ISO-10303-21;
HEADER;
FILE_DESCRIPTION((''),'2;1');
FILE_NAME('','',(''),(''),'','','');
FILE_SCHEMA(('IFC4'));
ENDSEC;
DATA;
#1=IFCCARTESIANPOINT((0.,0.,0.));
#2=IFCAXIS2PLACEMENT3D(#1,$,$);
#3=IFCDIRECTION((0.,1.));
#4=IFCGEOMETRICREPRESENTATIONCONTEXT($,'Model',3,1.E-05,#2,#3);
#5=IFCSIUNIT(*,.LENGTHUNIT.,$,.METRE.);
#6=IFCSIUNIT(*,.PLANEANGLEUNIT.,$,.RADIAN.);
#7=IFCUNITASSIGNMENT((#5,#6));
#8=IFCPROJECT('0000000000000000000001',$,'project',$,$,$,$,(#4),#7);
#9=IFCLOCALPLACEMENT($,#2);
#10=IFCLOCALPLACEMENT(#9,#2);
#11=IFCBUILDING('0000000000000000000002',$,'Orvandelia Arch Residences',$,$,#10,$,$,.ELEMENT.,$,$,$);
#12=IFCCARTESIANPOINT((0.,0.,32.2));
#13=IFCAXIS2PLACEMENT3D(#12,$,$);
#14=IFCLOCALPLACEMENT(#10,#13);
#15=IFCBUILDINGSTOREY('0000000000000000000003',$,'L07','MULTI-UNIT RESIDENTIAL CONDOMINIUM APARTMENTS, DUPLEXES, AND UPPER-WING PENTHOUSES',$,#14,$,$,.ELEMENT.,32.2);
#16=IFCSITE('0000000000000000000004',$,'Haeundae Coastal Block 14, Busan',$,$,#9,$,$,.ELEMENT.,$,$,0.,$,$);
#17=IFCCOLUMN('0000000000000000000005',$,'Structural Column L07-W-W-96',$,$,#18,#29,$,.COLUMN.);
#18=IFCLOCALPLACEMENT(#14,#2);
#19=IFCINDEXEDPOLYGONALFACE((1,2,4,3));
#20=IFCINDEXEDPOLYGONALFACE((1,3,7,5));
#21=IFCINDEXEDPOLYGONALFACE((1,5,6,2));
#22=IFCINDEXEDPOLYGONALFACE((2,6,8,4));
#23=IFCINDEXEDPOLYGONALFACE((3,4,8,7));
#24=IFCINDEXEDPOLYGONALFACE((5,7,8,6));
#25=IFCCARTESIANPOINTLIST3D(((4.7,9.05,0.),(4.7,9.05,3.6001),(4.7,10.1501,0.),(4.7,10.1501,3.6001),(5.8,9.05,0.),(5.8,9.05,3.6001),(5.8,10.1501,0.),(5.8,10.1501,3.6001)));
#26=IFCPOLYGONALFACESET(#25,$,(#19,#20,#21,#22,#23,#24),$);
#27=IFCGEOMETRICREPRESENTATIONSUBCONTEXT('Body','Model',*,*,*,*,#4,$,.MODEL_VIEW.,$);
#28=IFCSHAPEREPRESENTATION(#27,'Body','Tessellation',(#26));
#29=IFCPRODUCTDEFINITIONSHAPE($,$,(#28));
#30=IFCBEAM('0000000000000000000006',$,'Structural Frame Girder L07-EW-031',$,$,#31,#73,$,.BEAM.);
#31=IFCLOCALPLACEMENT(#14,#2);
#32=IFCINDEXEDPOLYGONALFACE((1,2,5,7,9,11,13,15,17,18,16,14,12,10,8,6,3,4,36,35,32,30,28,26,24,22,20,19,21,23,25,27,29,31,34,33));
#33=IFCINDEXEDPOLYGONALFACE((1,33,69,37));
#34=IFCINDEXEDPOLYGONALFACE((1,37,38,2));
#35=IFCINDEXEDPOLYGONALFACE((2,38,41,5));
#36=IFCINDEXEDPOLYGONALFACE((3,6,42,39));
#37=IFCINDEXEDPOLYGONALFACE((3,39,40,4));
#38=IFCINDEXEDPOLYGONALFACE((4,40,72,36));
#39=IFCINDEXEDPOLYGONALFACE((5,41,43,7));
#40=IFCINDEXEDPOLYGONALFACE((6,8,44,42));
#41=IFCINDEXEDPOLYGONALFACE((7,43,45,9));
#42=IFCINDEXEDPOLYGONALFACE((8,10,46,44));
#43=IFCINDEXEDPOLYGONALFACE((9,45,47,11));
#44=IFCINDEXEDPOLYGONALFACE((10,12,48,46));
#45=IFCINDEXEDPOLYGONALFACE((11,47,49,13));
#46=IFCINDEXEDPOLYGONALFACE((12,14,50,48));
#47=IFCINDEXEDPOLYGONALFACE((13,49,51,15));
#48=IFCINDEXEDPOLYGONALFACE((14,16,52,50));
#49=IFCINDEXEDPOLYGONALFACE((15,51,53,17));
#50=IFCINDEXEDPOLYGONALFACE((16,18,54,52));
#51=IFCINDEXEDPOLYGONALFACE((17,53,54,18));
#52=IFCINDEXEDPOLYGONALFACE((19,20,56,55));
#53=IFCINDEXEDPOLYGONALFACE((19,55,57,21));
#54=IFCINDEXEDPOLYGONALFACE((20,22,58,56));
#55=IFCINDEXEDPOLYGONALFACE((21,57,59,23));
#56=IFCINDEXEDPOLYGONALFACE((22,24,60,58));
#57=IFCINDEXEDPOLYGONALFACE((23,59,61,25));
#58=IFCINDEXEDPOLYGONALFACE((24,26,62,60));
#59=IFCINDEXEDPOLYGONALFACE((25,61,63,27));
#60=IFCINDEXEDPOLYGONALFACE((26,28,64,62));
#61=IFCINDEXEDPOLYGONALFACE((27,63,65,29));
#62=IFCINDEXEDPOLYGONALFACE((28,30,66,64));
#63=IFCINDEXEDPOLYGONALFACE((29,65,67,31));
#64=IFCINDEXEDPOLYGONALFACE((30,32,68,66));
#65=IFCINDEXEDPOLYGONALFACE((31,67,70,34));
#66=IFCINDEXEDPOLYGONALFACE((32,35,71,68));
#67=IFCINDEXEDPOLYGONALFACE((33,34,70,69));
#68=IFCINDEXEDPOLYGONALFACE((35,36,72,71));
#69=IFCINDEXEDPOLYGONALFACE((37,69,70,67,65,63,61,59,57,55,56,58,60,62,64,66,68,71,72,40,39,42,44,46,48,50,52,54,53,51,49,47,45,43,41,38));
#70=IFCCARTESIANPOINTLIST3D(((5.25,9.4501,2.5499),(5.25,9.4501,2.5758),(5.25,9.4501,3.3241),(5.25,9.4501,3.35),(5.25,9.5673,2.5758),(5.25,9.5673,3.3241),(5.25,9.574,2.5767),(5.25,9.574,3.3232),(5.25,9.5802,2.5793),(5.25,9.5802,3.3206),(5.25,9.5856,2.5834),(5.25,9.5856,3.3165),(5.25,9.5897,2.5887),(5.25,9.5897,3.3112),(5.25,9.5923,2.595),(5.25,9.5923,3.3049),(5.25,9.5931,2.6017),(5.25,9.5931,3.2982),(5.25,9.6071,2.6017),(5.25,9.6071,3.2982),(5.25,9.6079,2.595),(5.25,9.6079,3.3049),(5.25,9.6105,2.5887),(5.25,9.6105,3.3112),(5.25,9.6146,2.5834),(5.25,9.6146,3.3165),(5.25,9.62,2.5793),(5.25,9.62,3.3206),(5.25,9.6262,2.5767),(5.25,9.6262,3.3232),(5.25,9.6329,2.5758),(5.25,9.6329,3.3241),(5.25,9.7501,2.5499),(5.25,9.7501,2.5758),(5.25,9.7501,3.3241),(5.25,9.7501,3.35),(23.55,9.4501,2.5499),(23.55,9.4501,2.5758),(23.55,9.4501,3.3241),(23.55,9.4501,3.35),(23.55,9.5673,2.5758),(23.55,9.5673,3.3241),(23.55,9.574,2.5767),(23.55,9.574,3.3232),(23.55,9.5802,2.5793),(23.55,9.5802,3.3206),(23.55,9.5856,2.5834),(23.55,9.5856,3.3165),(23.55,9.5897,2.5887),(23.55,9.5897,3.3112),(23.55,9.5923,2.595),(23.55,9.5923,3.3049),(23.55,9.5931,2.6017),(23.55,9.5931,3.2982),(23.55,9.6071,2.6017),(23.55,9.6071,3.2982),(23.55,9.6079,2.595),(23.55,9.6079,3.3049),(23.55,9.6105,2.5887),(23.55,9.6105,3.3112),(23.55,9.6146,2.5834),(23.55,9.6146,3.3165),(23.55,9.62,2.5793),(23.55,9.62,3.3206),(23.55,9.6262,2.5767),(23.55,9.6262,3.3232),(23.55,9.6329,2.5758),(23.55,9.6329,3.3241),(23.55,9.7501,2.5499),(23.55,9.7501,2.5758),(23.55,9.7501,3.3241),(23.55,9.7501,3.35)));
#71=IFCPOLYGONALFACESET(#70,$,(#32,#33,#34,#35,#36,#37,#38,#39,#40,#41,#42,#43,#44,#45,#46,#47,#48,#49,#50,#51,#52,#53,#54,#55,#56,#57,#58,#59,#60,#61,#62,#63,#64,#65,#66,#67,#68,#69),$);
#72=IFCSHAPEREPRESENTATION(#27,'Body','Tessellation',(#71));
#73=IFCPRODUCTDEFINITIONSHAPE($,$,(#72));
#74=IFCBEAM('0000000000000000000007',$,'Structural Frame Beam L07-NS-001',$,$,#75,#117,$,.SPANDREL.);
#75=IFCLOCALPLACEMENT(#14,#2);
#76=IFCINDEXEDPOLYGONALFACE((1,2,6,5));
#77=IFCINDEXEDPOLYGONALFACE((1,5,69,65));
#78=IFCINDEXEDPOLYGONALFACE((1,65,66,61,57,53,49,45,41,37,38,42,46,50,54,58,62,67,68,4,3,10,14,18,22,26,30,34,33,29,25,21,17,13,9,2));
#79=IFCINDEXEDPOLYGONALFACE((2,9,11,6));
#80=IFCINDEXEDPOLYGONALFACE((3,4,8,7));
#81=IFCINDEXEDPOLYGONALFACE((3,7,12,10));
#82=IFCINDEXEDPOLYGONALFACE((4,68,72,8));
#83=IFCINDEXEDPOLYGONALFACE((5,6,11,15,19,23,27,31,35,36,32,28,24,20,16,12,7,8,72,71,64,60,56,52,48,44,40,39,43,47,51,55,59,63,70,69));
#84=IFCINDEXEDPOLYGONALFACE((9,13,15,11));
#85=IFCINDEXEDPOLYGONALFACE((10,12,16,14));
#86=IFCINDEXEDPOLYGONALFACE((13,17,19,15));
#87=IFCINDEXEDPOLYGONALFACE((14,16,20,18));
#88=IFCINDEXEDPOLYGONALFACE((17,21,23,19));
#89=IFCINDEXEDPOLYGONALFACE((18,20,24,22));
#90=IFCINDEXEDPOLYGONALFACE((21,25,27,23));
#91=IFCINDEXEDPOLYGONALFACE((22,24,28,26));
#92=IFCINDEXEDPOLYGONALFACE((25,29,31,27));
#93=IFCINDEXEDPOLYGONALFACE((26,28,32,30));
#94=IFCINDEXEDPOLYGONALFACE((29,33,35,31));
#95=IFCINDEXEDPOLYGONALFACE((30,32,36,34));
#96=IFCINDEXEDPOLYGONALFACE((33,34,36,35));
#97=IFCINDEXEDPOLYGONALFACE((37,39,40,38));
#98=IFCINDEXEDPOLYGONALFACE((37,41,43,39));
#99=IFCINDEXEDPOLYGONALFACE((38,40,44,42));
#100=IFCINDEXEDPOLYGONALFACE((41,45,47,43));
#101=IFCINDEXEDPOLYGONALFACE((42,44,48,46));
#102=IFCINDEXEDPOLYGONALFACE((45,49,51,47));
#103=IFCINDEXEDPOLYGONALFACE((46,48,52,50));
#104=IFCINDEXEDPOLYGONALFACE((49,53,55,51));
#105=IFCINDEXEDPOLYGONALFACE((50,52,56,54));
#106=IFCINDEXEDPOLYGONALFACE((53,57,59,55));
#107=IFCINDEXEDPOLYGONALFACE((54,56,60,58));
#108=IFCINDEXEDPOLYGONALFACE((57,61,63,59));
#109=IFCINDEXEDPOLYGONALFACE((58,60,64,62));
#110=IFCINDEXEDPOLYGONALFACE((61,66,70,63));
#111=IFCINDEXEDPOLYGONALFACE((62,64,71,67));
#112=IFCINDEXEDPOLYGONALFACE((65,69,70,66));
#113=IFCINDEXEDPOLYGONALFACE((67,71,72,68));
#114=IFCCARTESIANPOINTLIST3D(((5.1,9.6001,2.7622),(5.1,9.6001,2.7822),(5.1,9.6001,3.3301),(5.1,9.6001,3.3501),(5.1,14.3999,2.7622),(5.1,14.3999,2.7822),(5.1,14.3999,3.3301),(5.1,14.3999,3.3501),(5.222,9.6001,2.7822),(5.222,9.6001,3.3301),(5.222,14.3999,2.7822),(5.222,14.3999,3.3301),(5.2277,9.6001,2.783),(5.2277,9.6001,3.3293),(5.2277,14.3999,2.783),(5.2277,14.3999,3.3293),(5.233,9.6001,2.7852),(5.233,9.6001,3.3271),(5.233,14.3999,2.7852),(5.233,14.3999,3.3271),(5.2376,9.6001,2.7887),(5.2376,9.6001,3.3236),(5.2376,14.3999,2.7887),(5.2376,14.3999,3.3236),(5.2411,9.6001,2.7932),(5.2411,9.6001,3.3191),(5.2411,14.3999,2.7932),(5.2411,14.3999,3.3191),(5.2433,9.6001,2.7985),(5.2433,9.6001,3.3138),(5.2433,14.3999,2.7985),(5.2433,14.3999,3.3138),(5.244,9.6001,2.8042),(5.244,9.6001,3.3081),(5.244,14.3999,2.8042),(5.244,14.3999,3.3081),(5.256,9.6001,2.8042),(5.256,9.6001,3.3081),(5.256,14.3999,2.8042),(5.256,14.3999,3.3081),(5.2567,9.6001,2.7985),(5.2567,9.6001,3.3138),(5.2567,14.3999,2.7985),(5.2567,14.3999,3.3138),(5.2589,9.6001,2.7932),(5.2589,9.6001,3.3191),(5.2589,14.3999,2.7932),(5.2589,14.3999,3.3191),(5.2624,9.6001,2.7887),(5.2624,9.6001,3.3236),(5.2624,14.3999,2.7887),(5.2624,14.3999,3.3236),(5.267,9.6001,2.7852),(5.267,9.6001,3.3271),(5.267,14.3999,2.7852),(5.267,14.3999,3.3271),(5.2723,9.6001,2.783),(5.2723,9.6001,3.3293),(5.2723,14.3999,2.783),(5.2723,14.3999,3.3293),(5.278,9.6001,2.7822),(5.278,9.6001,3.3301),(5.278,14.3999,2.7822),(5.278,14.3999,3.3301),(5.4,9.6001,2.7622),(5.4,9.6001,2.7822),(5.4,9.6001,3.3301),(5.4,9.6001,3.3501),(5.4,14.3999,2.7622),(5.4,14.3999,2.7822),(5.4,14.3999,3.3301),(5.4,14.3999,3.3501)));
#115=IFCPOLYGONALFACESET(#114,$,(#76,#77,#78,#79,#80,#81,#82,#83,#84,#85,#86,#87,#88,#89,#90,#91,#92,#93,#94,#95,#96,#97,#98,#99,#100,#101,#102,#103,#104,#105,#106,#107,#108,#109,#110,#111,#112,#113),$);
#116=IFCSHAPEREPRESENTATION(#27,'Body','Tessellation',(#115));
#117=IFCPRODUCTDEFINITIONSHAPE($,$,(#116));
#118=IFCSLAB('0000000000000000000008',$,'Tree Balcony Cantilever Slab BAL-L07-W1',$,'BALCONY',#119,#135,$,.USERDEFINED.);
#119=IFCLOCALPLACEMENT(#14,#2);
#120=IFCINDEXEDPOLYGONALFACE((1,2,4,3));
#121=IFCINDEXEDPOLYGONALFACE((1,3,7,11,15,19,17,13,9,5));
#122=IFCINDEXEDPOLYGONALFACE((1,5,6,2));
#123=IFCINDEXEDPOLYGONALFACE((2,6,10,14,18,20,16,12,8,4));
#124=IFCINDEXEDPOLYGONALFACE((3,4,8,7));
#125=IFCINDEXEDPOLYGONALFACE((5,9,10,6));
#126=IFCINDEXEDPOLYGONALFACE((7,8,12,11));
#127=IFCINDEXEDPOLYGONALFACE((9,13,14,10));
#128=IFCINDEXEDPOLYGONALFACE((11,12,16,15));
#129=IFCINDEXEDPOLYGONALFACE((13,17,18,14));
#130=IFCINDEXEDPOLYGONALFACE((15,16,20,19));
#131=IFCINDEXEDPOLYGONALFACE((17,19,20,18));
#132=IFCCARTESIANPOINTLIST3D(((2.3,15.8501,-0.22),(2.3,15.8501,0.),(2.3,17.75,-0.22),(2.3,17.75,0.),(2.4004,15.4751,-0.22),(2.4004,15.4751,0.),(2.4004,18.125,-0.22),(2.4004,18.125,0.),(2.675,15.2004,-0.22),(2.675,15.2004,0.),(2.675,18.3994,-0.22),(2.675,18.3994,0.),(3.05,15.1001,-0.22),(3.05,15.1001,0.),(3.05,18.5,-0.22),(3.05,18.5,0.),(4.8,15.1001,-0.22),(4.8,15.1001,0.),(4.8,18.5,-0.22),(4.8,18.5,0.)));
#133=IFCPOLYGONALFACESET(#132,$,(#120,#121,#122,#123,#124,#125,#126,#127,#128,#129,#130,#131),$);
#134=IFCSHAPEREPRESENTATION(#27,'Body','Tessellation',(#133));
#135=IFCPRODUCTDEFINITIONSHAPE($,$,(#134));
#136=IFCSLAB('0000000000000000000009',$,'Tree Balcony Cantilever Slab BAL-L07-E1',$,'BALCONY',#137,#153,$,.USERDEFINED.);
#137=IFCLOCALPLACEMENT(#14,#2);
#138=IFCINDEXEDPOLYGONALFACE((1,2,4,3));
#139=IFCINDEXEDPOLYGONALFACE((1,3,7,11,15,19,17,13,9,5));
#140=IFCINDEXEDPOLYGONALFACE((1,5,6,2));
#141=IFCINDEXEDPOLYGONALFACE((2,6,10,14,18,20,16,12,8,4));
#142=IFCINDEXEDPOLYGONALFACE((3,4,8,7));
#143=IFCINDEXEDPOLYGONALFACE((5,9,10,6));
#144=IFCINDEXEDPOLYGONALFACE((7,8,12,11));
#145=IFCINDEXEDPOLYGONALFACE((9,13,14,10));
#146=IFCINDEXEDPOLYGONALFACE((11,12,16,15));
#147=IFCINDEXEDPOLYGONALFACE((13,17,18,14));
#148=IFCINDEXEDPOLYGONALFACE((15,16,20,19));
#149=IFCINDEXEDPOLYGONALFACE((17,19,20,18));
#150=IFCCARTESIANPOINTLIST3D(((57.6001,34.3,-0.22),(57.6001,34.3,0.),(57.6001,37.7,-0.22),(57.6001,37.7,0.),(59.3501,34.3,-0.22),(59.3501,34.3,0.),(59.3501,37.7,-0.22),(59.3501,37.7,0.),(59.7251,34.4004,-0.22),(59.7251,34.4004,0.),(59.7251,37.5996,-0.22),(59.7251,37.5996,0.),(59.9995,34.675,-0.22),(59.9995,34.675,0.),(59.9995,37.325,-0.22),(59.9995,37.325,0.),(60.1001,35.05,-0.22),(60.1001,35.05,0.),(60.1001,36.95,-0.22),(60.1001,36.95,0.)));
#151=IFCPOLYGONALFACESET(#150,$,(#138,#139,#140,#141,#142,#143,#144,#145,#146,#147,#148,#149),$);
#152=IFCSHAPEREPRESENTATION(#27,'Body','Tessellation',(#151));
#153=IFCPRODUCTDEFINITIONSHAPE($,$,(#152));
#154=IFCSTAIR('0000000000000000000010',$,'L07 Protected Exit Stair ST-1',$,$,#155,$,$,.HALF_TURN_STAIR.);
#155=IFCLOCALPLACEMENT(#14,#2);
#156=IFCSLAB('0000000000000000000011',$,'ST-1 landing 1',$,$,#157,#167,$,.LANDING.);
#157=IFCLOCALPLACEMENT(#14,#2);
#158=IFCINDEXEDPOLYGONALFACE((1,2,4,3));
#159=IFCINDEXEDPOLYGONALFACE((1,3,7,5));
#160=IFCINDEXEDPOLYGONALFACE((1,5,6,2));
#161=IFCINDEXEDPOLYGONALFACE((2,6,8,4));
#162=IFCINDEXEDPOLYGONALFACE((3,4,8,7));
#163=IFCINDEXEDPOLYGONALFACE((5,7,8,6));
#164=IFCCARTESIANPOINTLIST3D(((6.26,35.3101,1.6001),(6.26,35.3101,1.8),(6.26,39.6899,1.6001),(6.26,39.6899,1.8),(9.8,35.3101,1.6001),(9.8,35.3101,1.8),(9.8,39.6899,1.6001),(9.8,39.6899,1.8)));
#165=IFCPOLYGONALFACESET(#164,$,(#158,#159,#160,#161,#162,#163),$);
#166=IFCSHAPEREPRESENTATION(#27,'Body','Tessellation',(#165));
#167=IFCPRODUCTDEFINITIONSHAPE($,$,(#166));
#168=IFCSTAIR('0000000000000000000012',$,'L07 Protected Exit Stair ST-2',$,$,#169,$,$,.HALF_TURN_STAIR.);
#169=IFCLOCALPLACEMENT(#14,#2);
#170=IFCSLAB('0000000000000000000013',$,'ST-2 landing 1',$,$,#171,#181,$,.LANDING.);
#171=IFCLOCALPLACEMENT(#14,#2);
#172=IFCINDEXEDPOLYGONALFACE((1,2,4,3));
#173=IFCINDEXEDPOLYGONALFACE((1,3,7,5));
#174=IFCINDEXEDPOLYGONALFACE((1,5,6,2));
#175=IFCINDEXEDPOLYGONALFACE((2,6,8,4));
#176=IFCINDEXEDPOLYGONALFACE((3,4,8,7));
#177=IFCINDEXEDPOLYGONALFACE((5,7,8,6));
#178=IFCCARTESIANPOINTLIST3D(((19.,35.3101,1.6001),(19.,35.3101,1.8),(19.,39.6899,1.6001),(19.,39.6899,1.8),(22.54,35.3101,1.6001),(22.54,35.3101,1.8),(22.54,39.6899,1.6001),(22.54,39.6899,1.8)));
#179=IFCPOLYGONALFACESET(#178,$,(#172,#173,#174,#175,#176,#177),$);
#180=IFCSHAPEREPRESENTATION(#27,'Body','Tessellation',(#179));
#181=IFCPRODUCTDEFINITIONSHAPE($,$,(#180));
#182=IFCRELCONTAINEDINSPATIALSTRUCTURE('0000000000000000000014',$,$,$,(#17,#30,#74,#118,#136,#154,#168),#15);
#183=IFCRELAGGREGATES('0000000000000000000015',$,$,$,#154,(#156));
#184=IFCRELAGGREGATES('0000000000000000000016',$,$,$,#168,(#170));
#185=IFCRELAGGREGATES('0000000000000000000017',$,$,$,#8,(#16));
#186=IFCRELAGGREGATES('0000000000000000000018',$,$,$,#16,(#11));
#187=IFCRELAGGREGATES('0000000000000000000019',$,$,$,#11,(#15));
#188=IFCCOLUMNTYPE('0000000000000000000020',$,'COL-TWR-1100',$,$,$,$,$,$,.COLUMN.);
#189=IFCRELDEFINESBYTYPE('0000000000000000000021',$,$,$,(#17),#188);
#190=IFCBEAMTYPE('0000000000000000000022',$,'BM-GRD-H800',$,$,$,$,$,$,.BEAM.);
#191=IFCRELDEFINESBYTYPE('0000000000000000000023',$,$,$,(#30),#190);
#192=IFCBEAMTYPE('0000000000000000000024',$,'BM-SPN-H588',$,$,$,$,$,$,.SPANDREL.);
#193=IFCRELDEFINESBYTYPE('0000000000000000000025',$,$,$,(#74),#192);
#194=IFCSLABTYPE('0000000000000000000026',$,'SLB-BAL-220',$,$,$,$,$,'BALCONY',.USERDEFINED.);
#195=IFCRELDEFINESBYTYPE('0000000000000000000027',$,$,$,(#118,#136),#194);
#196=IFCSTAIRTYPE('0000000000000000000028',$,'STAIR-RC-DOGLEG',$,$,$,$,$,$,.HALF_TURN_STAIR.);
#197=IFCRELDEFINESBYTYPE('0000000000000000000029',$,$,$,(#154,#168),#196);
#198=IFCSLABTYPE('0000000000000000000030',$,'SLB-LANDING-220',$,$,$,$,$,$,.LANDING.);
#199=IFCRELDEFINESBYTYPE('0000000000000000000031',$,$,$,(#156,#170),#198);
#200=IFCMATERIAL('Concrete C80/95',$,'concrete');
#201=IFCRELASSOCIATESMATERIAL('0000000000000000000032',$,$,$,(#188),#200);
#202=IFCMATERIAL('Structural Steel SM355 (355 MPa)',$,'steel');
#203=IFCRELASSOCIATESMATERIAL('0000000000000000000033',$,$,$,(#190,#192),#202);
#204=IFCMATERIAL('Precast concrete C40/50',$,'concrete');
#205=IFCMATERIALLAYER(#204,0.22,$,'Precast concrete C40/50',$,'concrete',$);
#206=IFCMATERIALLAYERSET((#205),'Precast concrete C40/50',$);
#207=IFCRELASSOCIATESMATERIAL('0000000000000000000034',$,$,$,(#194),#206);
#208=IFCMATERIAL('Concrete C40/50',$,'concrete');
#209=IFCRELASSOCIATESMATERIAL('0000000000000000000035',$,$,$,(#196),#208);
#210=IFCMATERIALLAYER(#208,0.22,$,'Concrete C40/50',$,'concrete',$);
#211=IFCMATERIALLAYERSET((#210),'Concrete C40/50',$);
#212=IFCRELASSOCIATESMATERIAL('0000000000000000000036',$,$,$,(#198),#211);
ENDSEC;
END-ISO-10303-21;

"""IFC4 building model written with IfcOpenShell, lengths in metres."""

from ifc_helpers import new_model, si_unit, direction, frame, origin, origin_2d, place, context, subcontext, project, spatial, polyline, rectangle, i_section, outline, extrude, material, layer, layer_set, material_profile, profile_set, type_object, element, aggregate, save


model = new_model("IFC4")

# Units and contexts
model_context = context("Model", 3, precision=1e-05, world=origin(), true_north=direction((0.0, 1.0)))
body_context = subcontext(model_context, "Body", "Model", "MODEL_VIEW")
ifc_project = project(units=[si_unit("LENGTHUNIT", "METRE"), si_unit("PLANEANGLEUNIT", "RADIAN")], contexts=[model_context])

# Site, building, storey
site_placement = place(None, origin())
site = spatial("IfcSite", under=ifc_project, at=site_placement, Name="Haeundae Coastal Block 14, Busan", CompositionType="ELEMENT", RefElevation=0.0)
building_placement = place(site_placement, origin())
building = spatial("IfcBuilding", under=site, at=building_placement, Name="Orvandelia Arch Residences", CompositionType="ELEMENT")
storey_placement = place(building_placement, frame((0.0, 0.0, 32.2)))
storey = spatial("IfcBuildingStorey", under=building, at=storey_placement, Name="L07", Description="MULTI-UNIT RESIDENTIAL CONDOMINIUM APARTMENTS, DUPLEXES, AND UPPER-WING PENTHOUSES", CompositionType="ELEMENT", Elevation=32.2)

# Column
ifc_material_1 = material(Name="Concrete C80/95", Category="concrete")
ifc_material_profile_1 = material_profile(ifc_material_1, rectangle(XDim=1.1001, YDim=1.1001, at=origin_2d()), Name="Concrete C80/95", Category="concrete")
ifc_profile_set_1 = profile_set([ifc_material_profile_1], Name="Concrete C80/95")
column_type = type_object("IfcColumnType", Name="COL-TWR-1100", PredefinedType="COLUMN", material=ifc_profile_set_1)
column_placement = place(storey_placement, frame((5.25, 9.6001, 0.0), z_axis=(0.0, 0.0, 1.0), x_axis=(1.0, 0.0, 0.0)))
element("IfcColumn", 1, at=column_placement, inside=storey, type_object=column_type, Name="Structural Column L07-W-W-96", PredefinedType="COLUMN", context=body_context, shape_type="SweptSolid", body=[
    extrude(rectangle(XDim=1.1001, YDim=1.1001, at=origin_2d()), origin(), (0.0, 0.0, 1.0), 3.6001),
])

# Beams
ifc_material_2 = material(Name="Structural Steel SM355 (355 MPa)", Category="steel")
ifc_material_profile_2 = material_profile(ifc_material_2, i_section(OverallWidth=0.3, OverallDepth=0.8, WebThickness=0.0139, FlangeThickness=0.0259, FilletRadius=0.0259, at=origin_2d()), Name="Structural Steel SM355 (355 MPa)", Category="steel")
ifc_profile_set_2 = profile_set([ifc_material_profile_2], Name="Structural Steel SM355 (355 MPa)")
beam_type_1 = type_object("IfcBeamType", Name="BM-GRD-H800", PredefinedType="BEAM", material=ifc_profile_set_2)
beam_1_placement = place(storey_placement, frame((5.25, 9.6001, 2.95), z_axis=(1.0, 0.0, 0.0), x_axis=(0.0, 1.0, 0.0)))
element("IfcBeam", 2, at=beam_1_placement, inside=storey, type_object=beam_type_1, Name="Structural Frame Girder L07-EW-031", PredefinedType="BEAM", context=body_context, shape_type="SweptSolid", body=[
    extrude(i_section(OverallWidth=0.3, OverallDepth=0.8, WebThickness=0.0139, FlangeThickness=0.0259, FilletRadius=0.0259, at=origin_2d()), origin(), (0.0, 0.0, 1.0), 18.3),
])
ifc_material_profile_3 = material_profile(ifc_material_2, i_section(OverallWidth=0.3, OverallDepth=0.5879, WebThickness=0.012, FlangeThickness=0.02, FilletRadius=0.022, at=origin_2d()), Name="Structural Steel SM355 (355 MPa)", Category="steel")
ifc_profile_set_3 = profile_set([ifc_material_profile_3], Name="Structural Steel SM355 (355 MPa)")
beam_type_2 = type_object("IfcBeamType", Name="BM-SPN-H588", PredefinedType="SPANDREL", material=ifc_profile_set_3)
beam_2_placement = place(storey_placement, frame((5.25, 9.6001, 3.0562), z_axis=(0.0, 1.0, 0.0), x_axis=(-1.0, 0.0, 0.0)))
element("IfcBeam", 3, at=beam_2_placement, inside=storey, type_object=beam_type_2, Name="Structural Frame Beam L07-NS-001", PredefinedType="SPANDREL", context=body_context, shape_type="SweptSolid", body=[
    extrude(i_section(OverallWidth=0.3, OverallDepth=0.5879, WebThickness=0.012, FlangeThickness=0.02, FilletRadius=0.022, at=origin_2d()), origin(), (0.0, 0.0, 1.0), 4.7998),
])

# Slabs
ifc_material_3 = material(Name="Precast concrete C40/50", Category="concrete")
ifc_layer_1 = layer(ifc_material_3, 0.22, Name="Precast concrete C40/50", Category="concrete")
ifc_layer_set_1 = layer_set([ifc_layer_1], Name="Precast concrete C40/50")
slab_type_1 = type_object("IfcSlabType", Name="SLB-BAL-220", ElementType="BALCONY", PredefinedType="USERDEFINED", material=ifc_layer_set_1)
slab_1_placement = place(storey_placement, frame((0.0, 0.0, -0.22)))
element("IfcSlab", 4, at=slab_1_placement, inside=storey, type_object=slab_type_1, Name="Tree Balcony Cantilever Slab BAL-L07-W1", ObjectType="BALCONY", PredefinedType="USERDEFINED", context=body_context, shape_type="SweptSolid", body=[
    extrude(outline(polyline([(4.8, 15.1001), (4.8, 18.5), (3.05, 18.5), (2.675, 18.3994), (2.4004, 18.125), (2.3, 17.75), (2.3, 15.8501), (2.4004, 15.4751), (2.675, 15.2004), (3.05, 15.1001), (4.8, 15.1001)])), origin(), (0.0, 0.0, 1.0), 0.22),
])
slab_2_placement = place(storey_placement, frame((0.0, 0.0, -0.22)))
element("IfcSlab", 5, at=slab_2_placement, inside=storey, type_object=slab_type_1, Name="Tree Balcony Cantilever Slab BAL-L07-E1", ObjectType="BALCONY", PredefinedType="USERDEFINED", context=body_context, shape_type="SweptSolid", body=[
    extrude(outline(polyline([(57.6001, 37.7), (57.6001, 34.3), (59.3501, 34.3), (59.7251, 34.4004), (59.9995, 34.675), (60.1001, 35.05), (60.1001, 36.95), (59.9995, 37.325), (59.7251, 37.5996), (59.3501, 37.7), (57.6001, 37.7)])), origin(), (0.0, 0.0, 1.0), 0.22),
])

# Stairs, slabs
ifc_material_4 = material(Name="Concrete C40/50", Category="concrete")
stair_type = type_object("IfcStairType", Name="STAIR-RC-DOGLEG", PredefinedType="HALF_TURN_STAIR", material=ifc_material_4)
stair_1_placement = place(storey_placement, origin())
stair_1 = element("IfcStair", 6, at=stair_1_placement, inside=storey, type_object=stair_type, Name="L07 Protected Exit Stair ST-1", PredefinedType="HALF_TURN_STAIR")
ifc_layer_2 = layer(ifc_material_4, 0.22, Name="Concrete C40/50", Category="concrete")
ifc_layer_set_2 = layer_set([ifc_layer_2], Name="Concrete C40/50")
slab_type_2 = type_object("IfcSlabType", Name="SLB-LANDING-220", PredefinedType="LANDING", material=ifc_layer_set_2)
slab_3_placement = place(storey_placement, frame((0.0, 0.0, 1.6001)))
slab_3 = element("IfcSlab", 7, at=slab_3_placement, type_object=slab_type_2, Name="ST-1 landing 1", PredefinedType="LANDING", context=body_context, shape_type="SweptSolid", body=[
    extrude(outline(polyline([(9.8, 35.3101), (9.8, 39.6899), (6.26, 39.6899), (6.26, 35.3101), (9.8, 35.3101)])), origin(), (0.0, 0.0, 1.0), 0.2),
])
aggregate(stair_1, [slab_3])
stair_2_placement = place(storey_placement, origin())
stair_2 = element("IfcStair", 8, at=stair_2_placement, inside=storey, type_object=stair_type, Name="L07 Protected Exit Stair ST-2", PredefinedType="HALF_TURN_STAIR")
slab_4_placement = place(storey_placement, frame((0.0, 0.0, 1.6001)))
slab_4 = element("IfcSlab", 9, at=slab_4_placement, type_object=slab_type_2, Name="ST-2 landing 1", PredefinedType="LANDING", context=body_context, shape_type="SweptSolid", body=[
    extrude(outline(polyline([(22.54, 35.3101), (22.54, 39.6899), (19.0, 39.6899), (19.0, 35.3101), (22.54, 35.3101)])), origin(), (0.0, 0.0, 1.0), 0.2),
])
aggregate(stair_2, [slab_4])

save(model, "model.ifc")
